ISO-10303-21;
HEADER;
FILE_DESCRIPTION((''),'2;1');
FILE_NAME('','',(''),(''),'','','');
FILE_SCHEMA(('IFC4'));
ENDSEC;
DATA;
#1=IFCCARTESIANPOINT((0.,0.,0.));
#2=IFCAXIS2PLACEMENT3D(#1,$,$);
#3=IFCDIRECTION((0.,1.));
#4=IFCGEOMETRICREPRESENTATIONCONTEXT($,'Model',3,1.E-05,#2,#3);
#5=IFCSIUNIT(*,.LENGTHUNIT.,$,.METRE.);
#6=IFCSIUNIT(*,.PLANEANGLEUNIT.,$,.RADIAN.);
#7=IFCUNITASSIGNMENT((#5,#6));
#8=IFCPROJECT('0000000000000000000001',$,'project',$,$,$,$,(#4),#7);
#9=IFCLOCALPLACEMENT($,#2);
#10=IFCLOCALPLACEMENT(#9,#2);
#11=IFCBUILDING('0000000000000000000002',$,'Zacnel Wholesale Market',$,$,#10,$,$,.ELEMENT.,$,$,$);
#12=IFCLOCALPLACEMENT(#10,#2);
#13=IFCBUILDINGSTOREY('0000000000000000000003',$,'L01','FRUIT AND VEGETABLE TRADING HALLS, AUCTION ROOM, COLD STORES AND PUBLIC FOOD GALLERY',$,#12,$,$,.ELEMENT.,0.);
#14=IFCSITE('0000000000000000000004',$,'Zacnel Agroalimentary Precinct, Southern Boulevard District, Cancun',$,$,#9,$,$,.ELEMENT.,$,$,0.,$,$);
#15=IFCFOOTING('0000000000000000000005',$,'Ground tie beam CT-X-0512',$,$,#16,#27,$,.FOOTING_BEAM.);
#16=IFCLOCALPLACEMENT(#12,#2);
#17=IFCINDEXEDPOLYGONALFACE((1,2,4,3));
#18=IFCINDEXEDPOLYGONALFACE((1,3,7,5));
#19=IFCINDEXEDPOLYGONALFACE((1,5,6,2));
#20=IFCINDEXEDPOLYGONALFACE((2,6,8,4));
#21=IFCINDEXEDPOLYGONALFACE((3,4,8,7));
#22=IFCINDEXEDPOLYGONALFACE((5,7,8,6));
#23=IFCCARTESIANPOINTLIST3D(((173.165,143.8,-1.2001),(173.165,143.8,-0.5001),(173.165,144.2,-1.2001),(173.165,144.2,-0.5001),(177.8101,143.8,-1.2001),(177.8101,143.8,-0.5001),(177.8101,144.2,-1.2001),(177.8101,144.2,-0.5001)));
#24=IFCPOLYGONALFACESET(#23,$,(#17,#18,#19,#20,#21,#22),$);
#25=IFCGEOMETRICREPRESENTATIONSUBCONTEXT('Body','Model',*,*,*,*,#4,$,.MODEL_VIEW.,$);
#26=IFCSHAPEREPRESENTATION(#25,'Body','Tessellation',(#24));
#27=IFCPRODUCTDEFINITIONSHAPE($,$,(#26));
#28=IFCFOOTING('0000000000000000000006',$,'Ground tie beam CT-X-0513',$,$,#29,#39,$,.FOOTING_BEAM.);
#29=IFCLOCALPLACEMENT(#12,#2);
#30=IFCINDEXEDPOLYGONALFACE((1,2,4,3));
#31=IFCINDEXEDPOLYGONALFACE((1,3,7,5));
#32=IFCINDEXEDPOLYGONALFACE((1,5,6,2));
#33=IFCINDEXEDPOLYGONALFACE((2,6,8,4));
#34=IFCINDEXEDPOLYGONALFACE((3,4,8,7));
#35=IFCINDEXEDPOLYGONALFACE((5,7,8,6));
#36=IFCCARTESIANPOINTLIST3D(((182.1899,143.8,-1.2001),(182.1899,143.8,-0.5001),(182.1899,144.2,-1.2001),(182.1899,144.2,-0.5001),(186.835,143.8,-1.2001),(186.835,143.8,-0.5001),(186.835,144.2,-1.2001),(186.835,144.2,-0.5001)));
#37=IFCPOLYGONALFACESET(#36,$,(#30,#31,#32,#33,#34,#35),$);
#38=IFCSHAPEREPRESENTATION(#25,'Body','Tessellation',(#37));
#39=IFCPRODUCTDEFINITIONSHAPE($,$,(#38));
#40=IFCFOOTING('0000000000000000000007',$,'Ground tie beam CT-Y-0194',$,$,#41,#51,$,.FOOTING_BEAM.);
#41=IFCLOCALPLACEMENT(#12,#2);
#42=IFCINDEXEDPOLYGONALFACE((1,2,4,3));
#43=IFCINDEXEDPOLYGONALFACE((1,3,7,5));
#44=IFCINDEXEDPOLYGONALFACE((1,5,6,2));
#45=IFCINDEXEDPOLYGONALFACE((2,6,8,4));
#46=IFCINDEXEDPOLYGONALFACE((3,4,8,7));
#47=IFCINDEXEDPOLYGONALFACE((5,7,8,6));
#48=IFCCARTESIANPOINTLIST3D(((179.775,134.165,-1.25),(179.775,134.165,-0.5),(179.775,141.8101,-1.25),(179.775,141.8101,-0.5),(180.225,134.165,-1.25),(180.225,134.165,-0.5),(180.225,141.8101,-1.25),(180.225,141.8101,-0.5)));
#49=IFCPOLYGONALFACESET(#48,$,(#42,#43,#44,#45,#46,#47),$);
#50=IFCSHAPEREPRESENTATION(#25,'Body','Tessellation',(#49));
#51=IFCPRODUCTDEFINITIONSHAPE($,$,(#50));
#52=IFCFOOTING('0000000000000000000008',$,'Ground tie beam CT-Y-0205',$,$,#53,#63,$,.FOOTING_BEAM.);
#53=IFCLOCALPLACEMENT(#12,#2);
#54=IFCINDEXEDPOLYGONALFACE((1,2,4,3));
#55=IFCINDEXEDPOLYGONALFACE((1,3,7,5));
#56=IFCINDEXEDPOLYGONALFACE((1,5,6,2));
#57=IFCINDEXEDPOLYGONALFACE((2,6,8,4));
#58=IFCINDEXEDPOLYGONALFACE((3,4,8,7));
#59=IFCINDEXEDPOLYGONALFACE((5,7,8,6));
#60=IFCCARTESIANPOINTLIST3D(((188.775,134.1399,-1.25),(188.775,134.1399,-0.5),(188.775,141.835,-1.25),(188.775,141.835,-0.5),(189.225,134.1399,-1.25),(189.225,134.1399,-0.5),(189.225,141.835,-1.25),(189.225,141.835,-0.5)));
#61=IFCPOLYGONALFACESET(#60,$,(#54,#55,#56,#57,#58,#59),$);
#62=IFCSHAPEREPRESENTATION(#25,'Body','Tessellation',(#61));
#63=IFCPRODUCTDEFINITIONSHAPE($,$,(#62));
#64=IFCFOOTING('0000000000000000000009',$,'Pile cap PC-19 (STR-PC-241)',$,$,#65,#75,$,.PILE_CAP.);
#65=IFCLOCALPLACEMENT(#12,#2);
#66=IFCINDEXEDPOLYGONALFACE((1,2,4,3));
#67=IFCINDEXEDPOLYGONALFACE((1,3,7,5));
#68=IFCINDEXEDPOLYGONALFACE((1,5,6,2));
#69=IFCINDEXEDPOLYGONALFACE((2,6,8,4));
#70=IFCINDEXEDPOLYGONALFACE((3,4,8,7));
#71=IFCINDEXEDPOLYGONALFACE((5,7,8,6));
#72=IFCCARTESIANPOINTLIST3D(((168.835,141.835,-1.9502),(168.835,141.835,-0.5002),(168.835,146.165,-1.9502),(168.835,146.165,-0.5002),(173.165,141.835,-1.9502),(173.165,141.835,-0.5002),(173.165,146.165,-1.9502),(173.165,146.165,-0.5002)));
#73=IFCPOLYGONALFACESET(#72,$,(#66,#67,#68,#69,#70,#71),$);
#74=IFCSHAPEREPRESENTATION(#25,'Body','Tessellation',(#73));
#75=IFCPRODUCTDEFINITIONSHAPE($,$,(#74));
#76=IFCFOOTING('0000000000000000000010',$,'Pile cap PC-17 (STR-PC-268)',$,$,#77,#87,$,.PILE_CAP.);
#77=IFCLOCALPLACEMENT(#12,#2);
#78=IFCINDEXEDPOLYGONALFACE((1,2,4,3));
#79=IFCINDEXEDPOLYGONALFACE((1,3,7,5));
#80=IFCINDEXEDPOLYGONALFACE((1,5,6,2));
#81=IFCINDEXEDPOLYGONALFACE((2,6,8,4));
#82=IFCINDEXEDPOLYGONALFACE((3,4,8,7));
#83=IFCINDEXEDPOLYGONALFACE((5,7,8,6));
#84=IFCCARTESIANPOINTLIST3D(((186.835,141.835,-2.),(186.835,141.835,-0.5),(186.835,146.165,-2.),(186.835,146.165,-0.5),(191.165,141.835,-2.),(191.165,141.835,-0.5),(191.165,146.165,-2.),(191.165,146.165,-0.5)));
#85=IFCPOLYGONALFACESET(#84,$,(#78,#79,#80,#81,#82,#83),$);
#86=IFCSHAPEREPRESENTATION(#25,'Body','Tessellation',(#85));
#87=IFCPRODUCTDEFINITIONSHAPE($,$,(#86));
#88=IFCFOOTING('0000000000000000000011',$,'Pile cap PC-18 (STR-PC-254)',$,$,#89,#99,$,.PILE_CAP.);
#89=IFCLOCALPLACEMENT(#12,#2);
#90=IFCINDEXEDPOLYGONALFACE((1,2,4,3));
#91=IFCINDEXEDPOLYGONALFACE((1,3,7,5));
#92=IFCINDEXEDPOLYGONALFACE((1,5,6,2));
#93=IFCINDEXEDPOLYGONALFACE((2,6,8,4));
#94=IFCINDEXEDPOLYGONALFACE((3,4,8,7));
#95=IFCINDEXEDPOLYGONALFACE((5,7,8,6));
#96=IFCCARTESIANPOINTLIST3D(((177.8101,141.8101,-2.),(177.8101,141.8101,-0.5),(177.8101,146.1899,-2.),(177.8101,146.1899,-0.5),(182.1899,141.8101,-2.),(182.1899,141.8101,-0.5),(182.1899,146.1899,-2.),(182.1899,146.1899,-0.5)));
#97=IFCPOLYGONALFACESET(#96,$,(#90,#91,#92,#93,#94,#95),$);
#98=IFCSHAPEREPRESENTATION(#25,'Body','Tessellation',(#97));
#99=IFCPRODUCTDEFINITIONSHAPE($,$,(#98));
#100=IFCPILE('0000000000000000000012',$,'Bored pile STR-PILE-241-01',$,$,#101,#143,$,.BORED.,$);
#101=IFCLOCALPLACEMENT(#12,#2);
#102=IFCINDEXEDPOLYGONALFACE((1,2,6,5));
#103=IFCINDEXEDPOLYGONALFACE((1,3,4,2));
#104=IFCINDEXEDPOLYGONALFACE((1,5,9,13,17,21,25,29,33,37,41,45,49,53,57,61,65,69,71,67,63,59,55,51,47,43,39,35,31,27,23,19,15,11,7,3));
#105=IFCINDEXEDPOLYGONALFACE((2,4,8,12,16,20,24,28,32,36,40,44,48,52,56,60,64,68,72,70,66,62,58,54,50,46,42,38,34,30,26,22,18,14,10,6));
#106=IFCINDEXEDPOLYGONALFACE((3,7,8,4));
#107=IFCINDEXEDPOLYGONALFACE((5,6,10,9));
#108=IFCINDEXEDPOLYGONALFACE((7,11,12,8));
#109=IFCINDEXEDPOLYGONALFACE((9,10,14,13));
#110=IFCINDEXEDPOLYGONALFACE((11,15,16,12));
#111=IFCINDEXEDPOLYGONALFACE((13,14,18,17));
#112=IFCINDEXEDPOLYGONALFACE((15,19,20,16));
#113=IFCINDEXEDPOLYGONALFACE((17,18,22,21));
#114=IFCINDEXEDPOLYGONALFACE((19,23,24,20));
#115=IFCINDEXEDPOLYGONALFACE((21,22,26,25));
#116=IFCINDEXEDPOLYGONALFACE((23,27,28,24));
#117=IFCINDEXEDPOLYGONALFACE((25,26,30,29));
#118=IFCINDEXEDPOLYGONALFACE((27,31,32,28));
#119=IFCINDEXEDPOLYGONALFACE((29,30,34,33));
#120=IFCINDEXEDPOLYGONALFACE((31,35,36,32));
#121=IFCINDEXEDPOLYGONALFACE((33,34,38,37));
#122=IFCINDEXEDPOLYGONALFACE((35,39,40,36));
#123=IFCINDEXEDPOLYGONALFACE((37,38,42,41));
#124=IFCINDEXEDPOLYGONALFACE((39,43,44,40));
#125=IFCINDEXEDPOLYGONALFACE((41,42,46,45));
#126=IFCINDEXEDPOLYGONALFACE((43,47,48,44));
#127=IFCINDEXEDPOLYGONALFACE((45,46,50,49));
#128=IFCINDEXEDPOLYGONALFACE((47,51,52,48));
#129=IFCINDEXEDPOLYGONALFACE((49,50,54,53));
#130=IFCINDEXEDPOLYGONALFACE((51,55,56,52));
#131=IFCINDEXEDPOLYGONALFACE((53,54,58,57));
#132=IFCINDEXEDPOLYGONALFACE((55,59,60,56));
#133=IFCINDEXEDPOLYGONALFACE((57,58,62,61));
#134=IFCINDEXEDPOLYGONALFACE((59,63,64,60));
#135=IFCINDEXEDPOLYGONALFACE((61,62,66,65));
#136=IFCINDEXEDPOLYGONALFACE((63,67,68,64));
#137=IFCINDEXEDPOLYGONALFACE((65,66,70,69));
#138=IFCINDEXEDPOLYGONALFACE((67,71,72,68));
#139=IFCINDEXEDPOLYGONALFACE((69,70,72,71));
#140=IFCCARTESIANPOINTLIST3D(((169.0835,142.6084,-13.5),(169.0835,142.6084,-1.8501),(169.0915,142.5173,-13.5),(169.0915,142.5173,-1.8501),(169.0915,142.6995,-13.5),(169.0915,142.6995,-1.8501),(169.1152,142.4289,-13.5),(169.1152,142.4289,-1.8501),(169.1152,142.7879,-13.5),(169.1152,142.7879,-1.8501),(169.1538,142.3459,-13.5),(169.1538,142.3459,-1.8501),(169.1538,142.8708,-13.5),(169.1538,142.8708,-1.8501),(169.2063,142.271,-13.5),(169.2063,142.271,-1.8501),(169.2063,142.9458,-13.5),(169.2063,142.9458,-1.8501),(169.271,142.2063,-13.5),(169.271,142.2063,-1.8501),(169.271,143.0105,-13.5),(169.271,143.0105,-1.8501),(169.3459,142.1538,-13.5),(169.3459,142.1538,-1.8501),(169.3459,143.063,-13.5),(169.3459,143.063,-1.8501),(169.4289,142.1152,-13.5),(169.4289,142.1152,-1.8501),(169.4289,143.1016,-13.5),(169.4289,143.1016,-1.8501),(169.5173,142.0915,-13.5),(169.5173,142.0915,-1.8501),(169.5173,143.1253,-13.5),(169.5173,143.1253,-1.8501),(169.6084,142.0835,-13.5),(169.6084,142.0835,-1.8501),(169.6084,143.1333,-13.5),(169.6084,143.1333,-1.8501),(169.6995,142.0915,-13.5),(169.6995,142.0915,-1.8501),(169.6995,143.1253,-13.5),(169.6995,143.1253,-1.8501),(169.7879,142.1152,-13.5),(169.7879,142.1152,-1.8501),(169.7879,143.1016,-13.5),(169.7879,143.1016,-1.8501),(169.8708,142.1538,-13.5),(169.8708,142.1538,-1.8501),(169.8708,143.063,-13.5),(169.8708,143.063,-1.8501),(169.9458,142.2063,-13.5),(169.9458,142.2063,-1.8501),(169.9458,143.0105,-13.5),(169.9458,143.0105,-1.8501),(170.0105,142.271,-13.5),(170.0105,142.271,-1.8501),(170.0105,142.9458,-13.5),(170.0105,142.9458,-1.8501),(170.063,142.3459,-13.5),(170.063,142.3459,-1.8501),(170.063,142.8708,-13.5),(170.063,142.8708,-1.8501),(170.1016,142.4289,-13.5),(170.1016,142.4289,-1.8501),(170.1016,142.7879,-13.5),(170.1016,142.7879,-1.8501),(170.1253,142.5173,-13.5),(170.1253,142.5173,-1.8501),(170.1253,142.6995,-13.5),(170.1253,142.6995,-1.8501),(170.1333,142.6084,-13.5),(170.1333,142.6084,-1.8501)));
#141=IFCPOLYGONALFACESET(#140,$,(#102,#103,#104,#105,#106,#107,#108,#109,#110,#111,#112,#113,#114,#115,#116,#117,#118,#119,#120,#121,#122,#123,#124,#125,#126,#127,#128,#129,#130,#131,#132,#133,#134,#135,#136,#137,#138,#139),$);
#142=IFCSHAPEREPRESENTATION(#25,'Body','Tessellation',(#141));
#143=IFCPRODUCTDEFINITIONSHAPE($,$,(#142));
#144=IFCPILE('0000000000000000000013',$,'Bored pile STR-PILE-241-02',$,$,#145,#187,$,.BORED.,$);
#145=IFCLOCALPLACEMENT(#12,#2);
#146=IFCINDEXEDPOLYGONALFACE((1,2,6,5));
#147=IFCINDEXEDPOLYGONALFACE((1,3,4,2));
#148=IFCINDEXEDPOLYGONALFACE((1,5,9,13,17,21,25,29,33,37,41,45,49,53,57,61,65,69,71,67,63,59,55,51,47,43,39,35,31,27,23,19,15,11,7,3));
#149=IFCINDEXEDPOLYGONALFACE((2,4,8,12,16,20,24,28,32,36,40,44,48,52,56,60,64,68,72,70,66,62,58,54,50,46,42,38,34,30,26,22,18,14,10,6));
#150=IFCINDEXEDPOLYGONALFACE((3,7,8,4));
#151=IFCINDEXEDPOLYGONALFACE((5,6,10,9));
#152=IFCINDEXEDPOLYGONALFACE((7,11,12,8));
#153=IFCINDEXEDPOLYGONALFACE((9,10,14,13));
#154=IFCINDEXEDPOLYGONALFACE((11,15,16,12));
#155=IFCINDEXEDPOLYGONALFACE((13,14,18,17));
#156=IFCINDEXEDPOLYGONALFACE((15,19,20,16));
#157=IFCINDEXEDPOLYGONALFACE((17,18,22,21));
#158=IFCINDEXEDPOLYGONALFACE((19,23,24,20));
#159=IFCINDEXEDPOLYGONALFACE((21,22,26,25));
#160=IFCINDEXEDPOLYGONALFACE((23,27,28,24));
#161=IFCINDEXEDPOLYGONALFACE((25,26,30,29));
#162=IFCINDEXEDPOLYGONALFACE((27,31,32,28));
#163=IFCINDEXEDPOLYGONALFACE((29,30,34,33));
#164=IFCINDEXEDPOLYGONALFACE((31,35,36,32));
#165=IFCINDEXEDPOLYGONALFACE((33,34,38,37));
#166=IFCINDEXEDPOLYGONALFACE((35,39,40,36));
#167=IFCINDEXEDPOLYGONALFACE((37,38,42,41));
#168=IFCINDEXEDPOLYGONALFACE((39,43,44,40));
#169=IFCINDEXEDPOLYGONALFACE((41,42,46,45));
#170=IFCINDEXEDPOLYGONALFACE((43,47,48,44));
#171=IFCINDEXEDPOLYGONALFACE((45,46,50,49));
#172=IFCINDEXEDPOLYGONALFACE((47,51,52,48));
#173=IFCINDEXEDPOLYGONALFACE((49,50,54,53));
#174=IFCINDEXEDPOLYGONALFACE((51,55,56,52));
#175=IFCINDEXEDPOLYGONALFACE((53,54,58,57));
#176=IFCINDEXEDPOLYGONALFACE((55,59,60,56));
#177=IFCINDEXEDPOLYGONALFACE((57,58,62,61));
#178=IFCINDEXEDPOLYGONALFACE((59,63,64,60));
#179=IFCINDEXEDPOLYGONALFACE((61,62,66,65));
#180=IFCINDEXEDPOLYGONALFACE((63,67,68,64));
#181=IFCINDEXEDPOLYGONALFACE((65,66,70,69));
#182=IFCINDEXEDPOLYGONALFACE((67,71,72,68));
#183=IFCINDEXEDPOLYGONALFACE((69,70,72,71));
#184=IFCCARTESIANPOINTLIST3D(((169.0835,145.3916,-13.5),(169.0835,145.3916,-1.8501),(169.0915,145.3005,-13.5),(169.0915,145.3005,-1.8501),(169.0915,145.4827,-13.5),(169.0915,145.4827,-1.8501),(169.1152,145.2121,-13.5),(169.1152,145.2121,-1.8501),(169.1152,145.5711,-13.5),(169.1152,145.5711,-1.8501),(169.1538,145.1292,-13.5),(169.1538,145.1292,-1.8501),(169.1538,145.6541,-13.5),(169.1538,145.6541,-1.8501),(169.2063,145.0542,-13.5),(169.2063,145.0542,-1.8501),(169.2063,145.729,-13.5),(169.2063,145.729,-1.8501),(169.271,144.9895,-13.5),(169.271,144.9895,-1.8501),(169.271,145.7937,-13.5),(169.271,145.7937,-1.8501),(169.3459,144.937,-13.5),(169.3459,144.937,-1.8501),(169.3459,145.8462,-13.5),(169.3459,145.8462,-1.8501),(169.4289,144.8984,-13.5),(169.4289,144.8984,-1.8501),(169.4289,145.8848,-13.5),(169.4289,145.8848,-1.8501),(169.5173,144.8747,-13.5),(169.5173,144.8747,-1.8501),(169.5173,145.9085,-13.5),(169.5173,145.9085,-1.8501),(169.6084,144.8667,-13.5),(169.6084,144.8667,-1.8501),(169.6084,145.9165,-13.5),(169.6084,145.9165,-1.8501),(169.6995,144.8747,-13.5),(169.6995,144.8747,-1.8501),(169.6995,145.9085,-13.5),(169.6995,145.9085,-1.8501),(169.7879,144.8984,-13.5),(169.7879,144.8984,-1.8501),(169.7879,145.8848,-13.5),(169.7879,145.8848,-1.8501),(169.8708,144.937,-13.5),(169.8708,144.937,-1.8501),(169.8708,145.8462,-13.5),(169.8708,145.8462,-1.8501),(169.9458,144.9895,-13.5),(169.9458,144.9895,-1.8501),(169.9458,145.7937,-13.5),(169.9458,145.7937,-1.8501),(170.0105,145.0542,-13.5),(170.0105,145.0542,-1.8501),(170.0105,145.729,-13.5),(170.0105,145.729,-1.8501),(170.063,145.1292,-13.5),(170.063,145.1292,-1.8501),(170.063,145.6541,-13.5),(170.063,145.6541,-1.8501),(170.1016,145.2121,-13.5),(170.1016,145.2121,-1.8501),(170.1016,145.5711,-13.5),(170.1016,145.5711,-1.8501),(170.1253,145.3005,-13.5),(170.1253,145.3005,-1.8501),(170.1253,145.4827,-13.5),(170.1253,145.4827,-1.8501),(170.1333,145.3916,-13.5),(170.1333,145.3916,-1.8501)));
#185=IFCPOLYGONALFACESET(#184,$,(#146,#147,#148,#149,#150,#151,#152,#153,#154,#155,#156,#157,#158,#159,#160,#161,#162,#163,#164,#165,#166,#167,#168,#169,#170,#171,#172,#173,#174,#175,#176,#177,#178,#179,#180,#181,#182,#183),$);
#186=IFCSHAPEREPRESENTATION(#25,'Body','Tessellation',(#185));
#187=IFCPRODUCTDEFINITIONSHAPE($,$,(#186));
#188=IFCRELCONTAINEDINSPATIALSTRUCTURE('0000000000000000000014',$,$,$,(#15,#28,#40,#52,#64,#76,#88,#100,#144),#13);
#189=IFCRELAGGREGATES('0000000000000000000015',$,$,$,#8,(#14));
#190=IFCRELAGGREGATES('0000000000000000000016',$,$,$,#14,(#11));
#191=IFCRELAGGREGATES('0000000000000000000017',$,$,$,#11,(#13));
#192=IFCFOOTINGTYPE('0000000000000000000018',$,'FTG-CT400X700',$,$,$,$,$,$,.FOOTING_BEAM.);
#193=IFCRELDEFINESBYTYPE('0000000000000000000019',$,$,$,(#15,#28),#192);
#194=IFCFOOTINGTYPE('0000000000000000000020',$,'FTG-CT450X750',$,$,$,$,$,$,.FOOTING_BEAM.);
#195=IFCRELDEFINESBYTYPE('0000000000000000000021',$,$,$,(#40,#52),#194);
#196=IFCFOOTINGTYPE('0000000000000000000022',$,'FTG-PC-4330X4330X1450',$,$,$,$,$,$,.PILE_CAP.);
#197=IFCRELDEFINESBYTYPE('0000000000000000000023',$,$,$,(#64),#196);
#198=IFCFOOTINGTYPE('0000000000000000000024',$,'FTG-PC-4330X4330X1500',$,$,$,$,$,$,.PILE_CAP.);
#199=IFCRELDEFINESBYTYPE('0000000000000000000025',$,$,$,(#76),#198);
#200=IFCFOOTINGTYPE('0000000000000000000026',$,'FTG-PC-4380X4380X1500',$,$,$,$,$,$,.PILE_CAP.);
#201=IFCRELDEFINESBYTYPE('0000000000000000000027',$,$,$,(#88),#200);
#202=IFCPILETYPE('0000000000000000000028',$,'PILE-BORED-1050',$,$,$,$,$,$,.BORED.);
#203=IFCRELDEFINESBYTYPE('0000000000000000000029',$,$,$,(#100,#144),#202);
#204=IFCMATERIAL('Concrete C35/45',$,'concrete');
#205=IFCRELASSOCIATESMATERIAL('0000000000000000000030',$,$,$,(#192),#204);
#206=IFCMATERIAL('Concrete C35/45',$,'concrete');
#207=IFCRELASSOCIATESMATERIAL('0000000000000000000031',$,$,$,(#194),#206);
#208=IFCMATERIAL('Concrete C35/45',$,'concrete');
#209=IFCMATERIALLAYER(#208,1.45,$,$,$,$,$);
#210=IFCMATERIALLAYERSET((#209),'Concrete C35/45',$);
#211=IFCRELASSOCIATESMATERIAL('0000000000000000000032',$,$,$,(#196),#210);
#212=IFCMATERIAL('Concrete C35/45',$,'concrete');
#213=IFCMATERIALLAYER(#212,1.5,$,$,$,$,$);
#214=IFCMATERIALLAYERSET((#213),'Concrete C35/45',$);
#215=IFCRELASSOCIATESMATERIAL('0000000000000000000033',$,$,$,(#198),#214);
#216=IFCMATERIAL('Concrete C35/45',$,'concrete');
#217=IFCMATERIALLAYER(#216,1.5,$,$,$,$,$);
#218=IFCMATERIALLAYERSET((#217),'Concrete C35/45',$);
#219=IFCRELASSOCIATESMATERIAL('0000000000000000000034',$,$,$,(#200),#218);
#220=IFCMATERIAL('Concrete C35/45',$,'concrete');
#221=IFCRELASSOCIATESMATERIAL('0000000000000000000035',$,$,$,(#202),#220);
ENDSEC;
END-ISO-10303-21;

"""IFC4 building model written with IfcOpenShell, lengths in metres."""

from ifc_helpers import new_model, si_unit, direction, frame, origin, origin_2d, place, context, subcontext, project, spatial, rectangle, circle, extrude, material, layer, layer_set, material_profile, profile_set, type_object, element, save


model = new_model("IFC4")

# Units and contexts
model_context = context("Model", 3, precision=1e-05, world=origin(), true_north=direction((0.0, 1.0)))
body_context = subcontext(model_context, "Body", "Model", "MODEL_VIEW")
ifc_project = project(units=[si_unit("LENGTHUNIT", "METRE"), si_unit("PLANEANGLEUNIT", "RADIAN")], contexts=[model_context])

# Site, building, storey
site_placement = place(None, origin())
site = spatial("IfcSite", under=ifc_project, at=site_placement, Name="Zacnel Agroalimentary Precinct, Southern Boulevard District, Cancun", CompositionType="ELEMENT", RefElevation=0.0)
building_placement = place(site_placement, origin())
building = spatial("IfcBuilding", under=site, at=building_placement, Name="Zacnel Wholesale Market", CompositionType="ELEMENT")
storey_placement = place(building_placement, origin())
storey = spatial("IfcBuildingStorey", under=building, at=storey_placement, Name="L01", Description="FRUIT AND VEGETABLE TRADING HALLS, AUCTION ROOM, COLD STORES AND PUBLIC FOOD GALLERY", CompositionType="ELEMENT", Elevation=0.0)

# Footings
ifc_material_1 = material(Name="Concrete C35/45", Category="concrete")
ifc_material_profile_1 = material_profile(ifc_material_1, rectangle(XDim=0.3999, YDim=0.7, at=origin_2d()), Name="CT 400x700")
ifc_profile_set_1 = profile_set([ifc_material_profile_1], Name="Concrete C35/45")
footing_type_1 = type_object("IfcFootingType", Name="FTG-CT400X700", PredefinedType="FOOTING_BEAM", material=ifc_profile_set_1)
for number, where, z_axis, x_axis, name in (
    (1, (173.165, 144.0, -0.8501), (1.0, 0.0, 0.0), (0.0, 1.0, 0.0), "Ground tie beam CT-X-0512"),
    (2, (182.1899, 144.0, -0.8501), (1.0, 0.0, 0.0), (0.0, 1.0, 0.0), "Ground tie beam CT-X-0513"),
):
    element("IfcFooting", number, at=place(storey_placement, frame(where, z_axis=z_axis, x_axis=x_axis)), inside=storey, type_object=footing_type_1, Name=name, PredefinedType="FOOTING_BEAM", context=body_context, shape_type="SweptSolid", body=[
        extrude(rectangle(XDim=0.3999, YDim=0.7, at=origin_2d()), origin(), (0.0, 0.0, 1.0), 4.645),
    ])
ifc_material_2 = material(Name="Concrete C35/45", Category="concrete")
ifc_material_profile_2 = material_profile(ifc_material_2, rectangle(XDim=0.45, YDim=0.75, at=origin_2d()), Name="CT 450x750")
ifc_profile_set_2 = profile_set([ifc_material_profile_2], Name="Concrete C35/45")
footing_type_2 = type_object("IfcFootingType", Name="FTG-CT450X750", PredefinedType="FOOTING_BEAM", material=ifc_profile_set_2)
footing_1_placement = place(storey_placement, frame((180.0, 134.165, -0.875), z_axis=(0.0, 1.0, 0.0), x_axis=(-1.0, 0.0, 0.0)))
element("IfcFooting", 3, at=footing_1_placement, inside=storey, type_object=footing_type_2, Name="Ground tie beam CT-Y-0194", PredefinedType="FOOTING_BEAM", context=body_context, shape_type="SweptSolid", body=[
    extrude(rectangle(XDim=0.45, YDim=0.75, at=origin_2d()), origin(), (0.0, 0.0, 1.0), 7.645),
])
footing_2_placement = place(storey_placement, frame((189.0, 134.1399, -0.875), z_axis=(0.0, 1.0, 0.0), x_axis=(-1.0, 0.0, 0.0)))
element("IfcFooting", 4, at=footing_2_placement, inside=storey, type_object=footing_type_2, Name="Ground tie beam CT-Y-0205", PredefinedType="FOOTING_BEAM", context=body_context, shape_type="SweptSolid", body=[
    extrude(rectangle(XDim=0.45, YDim=0.75, at=origin_2d()), origin(), (0.0, 0.0, 1.0), 7.6951),
])
ifc_material_3 = material(Name="Concrete C35/45", Category="concrete")
ifc_layer_1 = layer(ifc_material_3, 1.45)
ifc_layer_set_1 = layer_set([ifc_layer_1], Name="Concrete C35/45")
footing_type_3 = type_object("IfcFootingType", Name="FTG-PC-4330X4330X1450", PredefinedType="PILE_CAP", material=ifc_layer_set_1)
footing_3_placement = place(storey_placement, frame((171.0, 144.0, -1.9502), z_axis=(0.0, 0.0, 1.0), x_axis=(1.0, 0.0, 0.0)))
element("IfcFooting", 5, at=footing_3_placement, inside=storey, type_object=footing_type_3, Name="Pile cap PC-19 (STR-PC-241)", PredefinedType="PILE_CAP", context=body_context, shape_type="SweptSolid", body=[
    extrude(rectangle(XDim=4.3301, YDim=4.3301, at=origin_2d()), origin(), (0.0, 0.0, 1.0), 1.45),
])
ifc_material_4 = material(Name="Concrete C35/45", Category="concrete")
ifc_layer_2 = layer(ifc_material_4, 1.5)
ifc_layer_set_2 = layer_set([ifc_layer_2], Name="Concrete C35/45")
footing_type_4 = type_object("IfcFootingType", Name="FTG-PC-4330X4330X1500", PredefinedType="PILE_CAP", material=ifc_layer_set_2)
footing_4_placement = place(storey_placement, frame((189.0, 144.0, -2.0), z_axis=(0.0, 0.0, 1.0), x_axis=(1.0, 0.0, 0.0)))
element("IfcFooting", 6, at=footing_4_placement, inside=storey, type_object=footing_type_4, Name="Pile cap PC-17 (STR-PC-268)", PredefinedType="PILE_CAP", context=body_context, shape_type="SweptSolid", body=[
    extrude(rectangle(XDim=4.3301, YDim=4.3301, at=origin_2d()), origin(), (0.0, 0.0, 1.0), 1.5),
])
ifc_material_5 = material(Name="Concrete C35/45", Category="concrete")
ifc_layer_3 = layer(ifc_material_5, 1.5)
ifc_layer_set_3 = layer_set([ifc_layer_3], Name="Concrete C35/45")
footing_type_5 = type_object("IfcFootingType", Name="FTG-PC-4380X4380X1500", PredefinedType="PILE_CAP", material=ifc_layer_set_3)
footing_5_placement = place(storey_placement, frame((180.0, 144.0, -2.0), z_axis=(0.0, 0.0, 1.0), x_axis=(1.0, 0.0, 0.0)))
element("IfcFooting", 7, at=footing_5_placement, inside=storey, type_object=footing_type_5, Name="Pile cap PC-18 (STR-PC-254)", PredefinedType="PILE_CAP", context=body_context, shape_type="SweptSolid", body=[
    extrude(rectangle(XDim=4.3799, YDim=4.3799, at=origin_2d()), origin(), (0.0, 0.0, 1.0), 1.5),
])

# Piles
ifc_material_6 = material(Name="Concrete C35/45", Category="concrete")
ifc_material_profile_3 = material_profile(ifc_material_6, circle(Radius=0.5249, at=origin_2d()), Name="BORED PILE D1050")
ifc_profile_set_3 = profile_set([ifc_material_profile_3], Name="Concrete C35/45")
pile_type = type_object("IfcPileType", Name="PILE-BORED-1050", PredefinedType="BORED", material=ifc_profile_set_3)
for number, where, z_axis, x_axis, name in (
    (8, (169.6084, 142.6084, -1.8501), (0.0, 0.0, -1.0), (1.0, 0.0, 0.0), "Bored pile STR-PILE-241-01"),
    (9, (169.6084, 145.3916, -1.8501), (0.0, 0.0, -1.0), (1.0, 0.0, 0.0), "Bored pile STR-PILE-241-02"),
):
    element("IfcPile", number, at=place(storey_placement, frame(where, z_axis=z_axis, x_axis=x_axis)), inside=storey, type_object=pile_type, Name=name, PredefinedType="BORED", context=body_context, shape_type="SweptSolid", body=[
        extrude(circle(Radius=0.5249, at=origin_2d()), origin(), (0.0, 0.0, 1.0), 11.6499),
    ])

save(model, "model.ifc")
